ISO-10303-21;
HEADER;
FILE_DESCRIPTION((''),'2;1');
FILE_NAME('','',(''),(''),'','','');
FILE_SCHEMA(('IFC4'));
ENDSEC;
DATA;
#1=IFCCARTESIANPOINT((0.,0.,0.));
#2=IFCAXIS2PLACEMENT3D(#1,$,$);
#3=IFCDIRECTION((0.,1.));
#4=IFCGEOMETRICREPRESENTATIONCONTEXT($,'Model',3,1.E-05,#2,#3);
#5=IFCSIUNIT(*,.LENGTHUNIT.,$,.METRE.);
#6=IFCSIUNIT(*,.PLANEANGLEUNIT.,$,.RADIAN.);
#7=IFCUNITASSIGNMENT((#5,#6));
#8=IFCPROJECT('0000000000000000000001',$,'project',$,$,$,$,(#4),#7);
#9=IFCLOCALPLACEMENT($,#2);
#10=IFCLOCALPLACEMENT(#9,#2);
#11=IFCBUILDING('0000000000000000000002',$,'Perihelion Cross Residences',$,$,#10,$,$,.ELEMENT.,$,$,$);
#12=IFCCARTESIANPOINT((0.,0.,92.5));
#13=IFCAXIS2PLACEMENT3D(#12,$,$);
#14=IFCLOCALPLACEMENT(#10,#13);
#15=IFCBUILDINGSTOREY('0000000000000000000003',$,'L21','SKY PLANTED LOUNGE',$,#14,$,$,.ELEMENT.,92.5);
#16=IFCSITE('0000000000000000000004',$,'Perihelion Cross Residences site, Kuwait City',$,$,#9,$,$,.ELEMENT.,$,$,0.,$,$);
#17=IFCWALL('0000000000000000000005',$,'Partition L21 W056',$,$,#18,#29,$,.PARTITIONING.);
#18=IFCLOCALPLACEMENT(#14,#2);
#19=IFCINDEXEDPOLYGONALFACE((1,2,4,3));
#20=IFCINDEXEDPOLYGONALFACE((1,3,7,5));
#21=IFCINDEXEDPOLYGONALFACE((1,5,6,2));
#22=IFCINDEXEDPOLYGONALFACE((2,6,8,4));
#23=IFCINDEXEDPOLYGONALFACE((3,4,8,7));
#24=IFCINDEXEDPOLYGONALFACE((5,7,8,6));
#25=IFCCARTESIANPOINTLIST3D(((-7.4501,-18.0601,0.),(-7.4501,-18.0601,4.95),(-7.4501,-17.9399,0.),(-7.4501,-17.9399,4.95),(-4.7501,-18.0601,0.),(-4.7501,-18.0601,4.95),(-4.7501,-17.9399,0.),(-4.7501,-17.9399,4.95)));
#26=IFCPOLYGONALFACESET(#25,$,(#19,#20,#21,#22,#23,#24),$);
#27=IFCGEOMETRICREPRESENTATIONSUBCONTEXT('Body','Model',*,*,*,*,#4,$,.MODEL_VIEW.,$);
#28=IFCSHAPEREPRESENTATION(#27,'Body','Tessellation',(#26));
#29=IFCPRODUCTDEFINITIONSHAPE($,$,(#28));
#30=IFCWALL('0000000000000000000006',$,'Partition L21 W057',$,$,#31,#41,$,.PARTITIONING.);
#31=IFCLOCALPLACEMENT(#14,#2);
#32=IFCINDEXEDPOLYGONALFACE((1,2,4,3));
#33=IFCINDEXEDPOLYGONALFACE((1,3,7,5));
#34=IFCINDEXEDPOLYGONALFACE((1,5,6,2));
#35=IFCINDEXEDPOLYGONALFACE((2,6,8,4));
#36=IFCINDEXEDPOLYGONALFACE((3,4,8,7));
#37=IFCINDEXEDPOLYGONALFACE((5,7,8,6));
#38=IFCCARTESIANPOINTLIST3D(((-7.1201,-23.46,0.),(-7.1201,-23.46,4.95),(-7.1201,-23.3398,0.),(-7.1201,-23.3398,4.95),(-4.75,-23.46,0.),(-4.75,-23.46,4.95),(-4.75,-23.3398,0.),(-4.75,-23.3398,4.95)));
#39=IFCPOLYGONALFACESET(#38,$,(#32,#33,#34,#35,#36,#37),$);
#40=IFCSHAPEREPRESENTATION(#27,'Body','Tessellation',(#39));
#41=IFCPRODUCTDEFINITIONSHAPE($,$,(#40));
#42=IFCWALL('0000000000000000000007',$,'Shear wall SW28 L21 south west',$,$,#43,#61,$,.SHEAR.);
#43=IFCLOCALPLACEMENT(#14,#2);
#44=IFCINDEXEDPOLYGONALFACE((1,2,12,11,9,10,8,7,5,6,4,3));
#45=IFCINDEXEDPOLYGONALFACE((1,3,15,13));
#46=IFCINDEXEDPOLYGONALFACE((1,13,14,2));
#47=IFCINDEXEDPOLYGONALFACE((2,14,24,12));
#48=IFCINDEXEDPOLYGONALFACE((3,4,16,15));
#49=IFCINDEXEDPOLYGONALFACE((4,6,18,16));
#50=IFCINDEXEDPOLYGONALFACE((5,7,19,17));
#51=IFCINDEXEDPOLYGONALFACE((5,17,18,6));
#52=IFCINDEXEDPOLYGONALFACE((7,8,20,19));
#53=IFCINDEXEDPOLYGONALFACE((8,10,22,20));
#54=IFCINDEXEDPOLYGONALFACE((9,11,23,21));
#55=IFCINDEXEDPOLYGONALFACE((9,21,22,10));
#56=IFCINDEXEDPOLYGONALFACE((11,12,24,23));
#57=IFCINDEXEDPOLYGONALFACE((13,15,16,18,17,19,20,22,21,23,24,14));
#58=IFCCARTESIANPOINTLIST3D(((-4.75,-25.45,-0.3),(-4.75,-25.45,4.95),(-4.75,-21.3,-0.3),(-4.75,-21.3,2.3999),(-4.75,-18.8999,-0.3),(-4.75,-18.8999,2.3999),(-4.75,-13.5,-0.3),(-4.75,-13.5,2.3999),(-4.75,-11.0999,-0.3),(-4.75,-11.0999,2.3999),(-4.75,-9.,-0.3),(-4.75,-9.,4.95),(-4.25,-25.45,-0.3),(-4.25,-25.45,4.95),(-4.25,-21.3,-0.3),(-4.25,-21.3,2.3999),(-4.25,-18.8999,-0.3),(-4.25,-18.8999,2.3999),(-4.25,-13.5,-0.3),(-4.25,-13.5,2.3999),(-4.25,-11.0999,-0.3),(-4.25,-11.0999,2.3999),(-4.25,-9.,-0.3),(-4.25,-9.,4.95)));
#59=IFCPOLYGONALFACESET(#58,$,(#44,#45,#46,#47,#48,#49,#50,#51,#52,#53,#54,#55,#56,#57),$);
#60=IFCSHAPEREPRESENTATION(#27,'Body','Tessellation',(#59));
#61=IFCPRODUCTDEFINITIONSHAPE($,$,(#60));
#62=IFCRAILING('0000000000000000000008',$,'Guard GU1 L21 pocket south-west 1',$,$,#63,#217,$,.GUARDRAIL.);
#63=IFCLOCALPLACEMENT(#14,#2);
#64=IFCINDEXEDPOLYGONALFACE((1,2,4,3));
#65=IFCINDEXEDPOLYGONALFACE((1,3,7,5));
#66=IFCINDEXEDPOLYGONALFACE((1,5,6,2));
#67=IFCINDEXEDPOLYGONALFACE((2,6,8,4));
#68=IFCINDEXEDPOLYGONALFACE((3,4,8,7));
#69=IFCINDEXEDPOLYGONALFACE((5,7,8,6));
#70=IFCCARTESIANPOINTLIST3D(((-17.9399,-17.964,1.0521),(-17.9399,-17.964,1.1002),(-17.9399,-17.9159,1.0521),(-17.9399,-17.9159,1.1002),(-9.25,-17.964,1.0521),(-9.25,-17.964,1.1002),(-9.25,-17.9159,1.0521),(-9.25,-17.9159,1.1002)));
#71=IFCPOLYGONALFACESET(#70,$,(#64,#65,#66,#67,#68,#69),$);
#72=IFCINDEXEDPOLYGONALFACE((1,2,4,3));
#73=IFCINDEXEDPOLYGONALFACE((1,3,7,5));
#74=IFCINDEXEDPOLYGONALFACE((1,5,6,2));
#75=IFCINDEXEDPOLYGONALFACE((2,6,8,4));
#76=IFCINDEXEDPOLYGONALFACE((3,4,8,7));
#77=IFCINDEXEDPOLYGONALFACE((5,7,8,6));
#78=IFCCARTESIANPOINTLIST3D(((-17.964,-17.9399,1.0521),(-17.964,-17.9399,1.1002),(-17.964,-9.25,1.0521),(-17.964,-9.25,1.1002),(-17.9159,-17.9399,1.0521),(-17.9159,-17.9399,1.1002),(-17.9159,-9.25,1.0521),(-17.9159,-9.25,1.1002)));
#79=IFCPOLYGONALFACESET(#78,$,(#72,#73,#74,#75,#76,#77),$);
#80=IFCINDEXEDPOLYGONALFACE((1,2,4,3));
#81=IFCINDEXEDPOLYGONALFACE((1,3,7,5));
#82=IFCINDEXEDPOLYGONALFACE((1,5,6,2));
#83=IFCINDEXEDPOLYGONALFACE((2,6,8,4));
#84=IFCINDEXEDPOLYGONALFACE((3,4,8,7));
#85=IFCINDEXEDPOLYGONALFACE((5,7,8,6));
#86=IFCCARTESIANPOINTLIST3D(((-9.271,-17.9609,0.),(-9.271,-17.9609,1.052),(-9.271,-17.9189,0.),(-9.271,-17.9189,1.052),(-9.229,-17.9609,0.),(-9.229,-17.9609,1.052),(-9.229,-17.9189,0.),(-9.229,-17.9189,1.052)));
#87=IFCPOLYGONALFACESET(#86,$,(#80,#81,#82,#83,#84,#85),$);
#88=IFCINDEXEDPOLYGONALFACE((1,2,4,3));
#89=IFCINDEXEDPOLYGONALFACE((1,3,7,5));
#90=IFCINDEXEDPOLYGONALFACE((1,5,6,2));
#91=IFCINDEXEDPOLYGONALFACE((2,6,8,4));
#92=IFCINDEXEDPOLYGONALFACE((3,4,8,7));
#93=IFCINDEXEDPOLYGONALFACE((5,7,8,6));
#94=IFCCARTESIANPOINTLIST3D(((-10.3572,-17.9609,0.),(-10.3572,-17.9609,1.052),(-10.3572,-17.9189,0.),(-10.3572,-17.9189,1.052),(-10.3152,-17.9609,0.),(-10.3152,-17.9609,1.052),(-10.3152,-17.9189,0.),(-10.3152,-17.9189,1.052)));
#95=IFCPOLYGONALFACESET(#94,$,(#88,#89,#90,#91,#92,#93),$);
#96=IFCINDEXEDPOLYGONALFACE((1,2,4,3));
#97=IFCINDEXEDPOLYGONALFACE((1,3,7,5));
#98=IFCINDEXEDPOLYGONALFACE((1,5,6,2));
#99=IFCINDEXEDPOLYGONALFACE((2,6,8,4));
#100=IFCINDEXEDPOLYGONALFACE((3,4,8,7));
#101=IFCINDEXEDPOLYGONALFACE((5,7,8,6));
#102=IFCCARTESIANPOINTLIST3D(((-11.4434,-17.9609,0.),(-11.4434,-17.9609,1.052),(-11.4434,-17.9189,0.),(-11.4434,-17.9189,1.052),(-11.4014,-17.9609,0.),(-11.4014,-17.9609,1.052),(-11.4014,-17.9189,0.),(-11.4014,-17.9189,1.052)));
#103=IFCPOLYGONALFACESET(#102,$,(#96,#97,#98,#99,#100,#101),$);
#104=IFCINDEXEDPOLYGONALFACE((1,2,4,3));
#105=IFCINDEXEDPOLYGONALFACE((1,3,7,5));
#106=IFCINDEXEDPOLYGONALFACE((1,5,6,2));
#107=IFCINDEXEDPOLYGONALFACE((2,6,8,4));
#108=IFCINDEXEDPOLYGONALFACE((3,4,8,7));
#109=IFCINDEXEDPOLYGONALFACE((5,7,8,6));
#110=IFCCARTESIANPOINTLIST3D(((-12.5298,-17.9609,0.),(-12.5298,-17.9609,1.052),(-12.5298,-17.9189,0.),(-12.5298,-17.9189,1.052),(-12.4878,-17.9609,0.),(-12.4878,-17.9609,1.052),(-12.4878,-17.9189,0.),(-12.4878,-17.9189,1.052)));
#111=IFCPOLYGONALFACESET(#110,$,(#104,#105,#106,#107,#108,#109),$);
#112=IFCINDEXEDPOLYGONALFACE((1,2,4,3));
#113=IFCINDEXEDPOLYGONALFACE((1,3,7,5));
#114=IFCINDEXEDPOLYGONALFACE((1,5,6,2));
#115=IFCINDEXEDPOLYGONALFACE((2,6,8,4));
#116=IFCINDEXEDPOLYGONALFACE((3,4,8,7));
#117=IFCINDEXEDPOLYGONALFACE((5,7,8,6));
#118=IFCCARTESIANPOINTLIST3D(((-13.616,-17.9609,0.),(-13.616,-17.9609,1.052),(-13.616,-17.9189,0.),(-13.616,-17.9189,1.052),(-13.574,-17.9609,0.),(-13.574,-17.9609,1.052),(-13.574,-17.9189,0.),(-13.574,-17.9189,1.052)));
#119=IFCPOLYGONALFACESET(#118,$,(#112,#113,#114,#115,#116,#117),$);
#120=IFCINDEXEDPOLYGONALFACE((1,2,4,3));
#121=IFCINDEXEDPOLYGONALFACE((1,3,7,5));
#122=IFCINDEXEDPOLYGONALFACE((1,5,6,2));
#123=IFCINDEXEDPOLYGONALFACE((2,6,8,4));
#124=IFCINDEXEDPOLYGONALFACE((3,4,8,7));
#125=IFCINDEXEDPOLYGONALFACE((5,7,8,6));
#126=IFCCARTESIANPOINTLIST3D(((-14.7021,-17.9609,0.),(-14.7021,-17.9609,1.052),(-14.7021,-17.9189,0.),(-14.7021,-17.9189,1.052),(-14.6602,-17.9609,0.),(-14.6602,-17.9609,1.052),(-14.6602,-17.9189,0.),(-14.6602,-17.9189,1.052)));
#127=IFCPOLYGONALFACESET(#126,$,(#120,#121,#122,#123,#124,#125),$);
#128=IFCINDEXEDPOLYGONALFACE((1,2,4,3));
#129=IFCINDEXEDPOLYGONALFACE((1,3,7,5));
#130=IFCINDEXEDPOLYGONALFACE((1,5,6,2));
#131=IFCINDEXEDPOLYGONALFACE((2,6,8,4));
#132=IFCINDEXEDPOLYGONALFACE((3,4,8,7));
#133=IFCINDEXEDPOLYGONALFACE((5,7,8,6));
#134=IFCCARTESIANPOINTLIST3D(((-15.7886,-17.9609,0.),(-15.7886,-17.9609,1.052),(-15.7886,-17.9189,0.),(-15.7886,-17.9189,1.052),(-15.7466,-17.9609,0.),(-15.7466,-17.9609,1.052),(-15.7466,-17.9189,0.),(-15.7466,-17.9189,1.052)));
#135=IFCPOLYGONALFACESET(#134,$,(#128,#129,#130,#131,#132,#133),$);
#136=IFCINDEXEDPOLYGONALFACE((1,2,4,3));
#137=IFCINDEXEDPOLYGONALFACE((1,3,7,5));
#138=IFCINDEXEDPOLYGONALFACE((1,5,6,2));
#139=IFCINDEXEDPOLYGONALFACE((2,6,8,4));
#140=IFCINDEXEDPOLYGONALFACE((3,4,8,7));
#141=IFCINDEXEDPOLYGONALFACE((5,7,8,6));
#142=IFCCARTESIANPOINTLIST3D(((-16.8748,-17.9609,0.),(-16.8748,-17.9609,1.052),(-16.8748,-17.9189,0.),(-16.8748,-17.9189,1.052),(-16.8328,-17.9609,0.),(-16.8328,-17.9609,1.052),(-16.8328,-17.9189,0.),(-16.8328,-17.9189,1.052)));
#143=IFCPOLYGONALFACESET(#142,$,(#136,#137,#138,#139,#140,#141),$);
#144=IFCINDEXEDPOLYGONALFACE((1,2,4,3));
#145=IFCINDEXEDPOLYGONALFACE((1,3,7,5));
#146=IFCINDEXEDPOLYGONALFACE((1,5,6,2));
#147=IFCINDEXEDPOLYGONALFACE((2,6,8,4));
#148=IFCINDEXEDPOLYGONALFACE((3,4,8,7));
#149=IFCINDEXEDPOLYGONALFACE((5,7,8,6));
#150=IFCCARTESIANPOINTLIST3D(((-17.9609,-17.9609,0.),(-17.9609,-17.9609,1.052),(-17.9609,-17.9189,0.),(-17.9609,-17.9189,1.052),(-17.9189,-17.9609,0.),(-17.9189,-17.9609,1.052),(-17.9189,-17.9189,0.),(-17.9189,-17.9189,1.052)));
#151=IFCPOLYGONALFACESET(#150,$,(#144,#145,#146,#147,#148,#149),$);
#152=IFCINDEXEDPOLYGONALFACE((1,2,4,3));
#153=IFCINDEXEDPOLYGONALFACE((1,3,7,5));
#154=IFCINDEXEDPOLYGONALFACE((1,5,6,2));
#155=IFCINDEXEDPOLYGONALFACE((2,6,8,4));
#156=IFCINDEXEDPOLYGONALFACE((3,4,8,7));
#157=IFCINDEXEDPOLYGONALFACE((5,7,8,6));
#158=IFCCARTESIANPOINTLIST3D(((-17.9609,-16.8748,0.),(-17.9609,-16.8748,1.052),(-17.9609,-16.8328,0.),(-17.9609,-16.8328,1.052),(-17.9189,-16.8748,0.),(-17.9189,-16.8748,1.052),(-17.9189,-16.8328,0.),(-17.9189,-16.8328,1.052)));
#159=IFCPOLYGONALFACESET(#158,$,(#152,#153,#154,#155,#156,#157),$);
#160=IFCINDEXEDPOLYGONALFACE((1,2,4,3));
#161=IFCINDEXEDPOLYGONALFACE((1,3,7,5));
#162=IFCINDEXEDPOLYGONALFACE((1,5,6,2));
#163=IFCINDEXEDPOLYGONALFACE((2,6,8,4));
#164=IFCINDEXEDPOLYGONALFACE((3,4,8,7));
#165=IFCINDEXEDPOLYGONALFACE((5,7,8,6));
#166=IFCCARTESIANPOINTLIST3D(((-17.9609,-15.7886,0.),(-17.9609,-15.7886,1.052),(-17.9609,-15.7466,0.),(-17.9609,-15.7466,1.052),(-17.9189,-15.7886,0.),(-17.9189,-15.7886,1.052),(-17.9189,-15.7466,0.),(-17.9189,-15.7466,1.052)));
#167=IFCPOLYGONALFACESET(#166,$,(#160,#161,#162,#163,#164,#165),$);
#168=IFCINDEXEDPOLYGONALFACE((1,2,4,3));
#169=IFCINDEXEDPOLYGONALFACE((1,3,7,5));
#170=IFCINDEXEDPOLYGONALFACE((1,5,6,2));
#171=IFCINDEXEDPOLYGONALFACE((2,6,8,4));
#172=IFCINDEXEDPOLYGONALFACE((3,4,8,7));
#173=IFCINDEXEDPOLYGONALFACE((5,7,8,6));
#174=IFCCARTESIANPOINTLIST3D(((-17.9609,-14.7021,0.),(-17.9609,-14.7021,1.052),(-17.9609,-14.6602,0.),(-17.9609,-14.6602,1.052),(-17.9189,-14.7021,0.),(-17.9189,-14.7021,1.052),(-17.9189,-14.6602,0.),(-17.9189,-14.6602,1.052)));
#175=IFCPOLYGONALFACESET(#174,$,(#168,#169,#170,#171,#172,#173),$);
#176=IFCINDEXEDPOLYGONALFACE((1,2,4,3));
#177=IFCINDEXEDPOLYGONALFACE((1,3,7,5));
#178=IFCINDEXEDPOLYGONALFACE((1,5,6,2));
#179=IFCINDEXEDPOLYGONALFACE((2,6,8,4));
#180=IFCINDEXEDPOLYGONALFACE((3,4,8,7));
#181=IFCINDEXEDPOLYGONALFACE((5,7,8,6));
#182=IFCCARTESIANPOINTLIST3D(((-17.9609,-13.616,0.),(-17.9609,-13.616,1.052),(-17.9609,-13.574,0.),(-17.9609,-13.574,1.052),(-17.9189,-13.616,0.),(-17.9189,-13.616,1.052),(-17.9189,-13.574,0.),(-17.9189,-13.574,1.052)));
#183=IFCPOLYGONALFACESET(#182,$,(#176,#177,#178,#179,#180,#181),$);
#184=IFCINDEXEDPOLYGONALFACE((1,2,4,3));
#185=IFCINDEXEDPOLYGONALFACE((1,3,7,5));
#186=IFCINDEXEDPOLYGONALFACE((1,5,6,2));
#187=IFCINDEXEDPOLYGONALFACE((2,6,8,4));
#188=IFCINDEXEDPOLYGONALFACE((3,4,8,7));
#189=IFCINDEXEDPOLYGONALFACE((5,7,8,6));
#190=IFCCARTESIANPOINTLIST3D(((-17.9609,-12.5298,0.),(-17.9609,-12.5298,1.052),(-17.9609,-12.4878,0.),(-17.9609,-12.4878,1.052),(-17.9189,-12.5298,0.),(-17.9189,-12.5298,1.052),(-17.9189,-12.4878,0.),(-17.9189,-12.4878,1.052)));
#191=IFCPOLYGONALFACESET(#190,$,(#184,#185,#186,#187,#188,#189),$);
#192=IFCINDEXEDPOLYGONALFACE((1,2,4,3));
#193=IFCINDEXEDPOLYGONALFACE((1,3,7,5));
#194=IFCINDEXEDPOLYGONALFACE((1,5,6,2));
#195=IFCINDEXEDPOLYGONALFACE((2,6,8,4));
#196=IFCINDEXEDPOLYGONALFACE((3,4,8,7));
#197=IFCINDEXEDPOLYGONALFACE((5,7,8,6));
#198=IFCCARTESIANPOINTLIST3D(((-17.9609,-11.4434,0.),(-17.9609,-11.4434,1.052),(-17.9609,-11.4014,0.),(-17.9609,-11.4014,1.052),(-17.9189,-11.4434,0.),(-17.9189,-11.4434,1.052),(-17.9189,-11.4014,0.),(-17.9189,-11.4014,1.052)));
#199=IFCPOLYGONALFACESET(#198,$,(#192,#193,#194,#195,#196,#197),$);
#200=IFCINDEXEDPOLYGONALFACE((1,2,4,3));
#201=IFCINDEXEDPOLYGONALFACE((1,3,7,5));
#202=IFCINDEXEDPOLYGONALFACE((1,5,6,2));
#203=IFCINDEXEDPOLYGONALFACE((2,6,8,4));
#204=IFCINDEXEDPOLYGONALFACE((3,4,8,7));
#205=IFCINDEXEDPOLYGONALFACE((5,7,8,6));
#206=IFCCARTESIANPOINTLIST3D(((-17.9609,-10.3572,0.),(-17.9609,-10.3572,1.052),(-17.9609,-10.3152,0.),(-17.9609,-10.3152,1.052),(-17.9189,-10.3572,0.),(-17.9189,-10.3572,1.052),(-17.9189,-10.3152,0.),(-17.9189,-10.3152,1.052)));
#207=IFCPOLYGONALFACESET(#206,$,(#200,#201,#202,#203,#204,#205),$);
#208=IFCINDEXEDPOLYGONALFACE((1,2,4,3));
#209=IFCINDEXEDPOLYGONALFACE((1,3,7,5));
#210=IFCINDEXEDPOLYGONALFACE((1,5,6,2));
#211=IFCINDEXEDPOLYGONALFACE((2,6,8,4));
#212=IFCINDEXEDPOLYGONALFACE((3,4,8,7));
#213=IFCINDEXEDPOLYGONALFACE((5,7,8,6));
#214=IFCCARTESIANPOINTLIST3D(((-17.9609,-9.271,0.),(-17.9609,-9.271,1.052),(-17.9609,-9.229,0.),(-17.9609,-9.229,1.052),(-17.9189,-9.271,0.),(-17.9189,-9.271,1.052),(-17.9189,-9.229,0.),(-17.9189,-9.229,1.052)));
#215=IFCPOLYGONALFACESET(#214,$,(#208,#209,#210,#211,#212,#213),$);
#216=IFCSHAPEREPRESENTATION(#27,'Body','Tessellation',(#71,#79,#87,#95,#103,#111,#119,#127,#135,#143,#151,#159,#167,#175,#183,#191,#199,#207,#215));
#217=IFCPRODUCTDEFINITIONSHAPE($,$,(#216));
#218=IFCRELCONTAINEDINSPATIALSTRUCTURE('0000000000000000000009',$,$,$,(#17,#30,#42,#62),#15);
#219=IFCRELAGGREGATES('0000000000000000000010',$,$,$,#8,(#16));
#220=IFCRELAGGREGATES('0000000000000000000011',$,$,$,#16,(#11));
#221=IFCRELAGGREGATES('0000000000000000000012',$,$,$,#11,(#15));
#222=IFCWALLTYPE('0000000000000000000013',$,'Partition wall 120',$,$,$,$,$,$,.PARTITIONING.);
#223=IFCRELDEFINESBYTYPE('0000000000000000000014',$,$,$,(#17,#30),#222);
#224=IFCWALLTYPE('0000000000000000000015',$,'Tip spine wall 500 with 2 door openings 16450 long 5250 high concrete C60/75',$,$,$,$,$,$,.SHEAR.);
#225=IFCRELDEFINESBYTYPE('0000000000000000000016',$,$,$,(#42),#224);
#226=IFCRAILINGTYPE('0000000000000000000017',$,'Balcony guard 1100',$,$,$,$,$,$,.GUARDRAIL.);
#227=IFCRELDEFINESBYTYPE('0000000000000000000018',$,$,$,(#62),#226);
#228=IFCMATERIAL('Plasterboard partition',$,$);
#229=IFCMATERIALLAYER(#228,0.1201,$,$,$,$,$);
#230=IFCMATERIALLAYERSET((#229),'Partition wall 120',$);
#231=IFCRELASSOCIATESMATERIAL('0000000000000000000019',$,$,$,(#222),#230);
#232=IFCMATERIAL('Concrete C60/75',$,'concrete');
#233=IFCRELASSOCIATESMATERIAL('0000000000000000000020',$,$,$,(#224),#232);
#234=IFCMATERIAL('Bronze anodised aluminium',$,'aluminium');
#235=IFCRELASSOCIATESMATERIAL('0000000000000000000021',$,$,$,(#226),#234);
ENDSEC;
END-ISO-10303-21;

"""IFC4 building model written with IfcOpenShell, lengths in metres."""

from ifc_helpers import new_model, si_unit, direction, frame, frame_2d, origin, origin_2d, place, context, subcontext, project, spatial, polyline, rectangle, outline, extrude, material, layer, layer_set, material_profile, profile_set, type_object, element, save


model = new_model("IFC4")

# Units and contexts
model_context = context("Model", 3, precision=1e-05, world=origin(), true_north=direction((0.0, 1.0)))
body_context = subcontext(model_context, "Body", "Model", "MODEL_VIEW")
ifc_project = project(units=[si_unit("LENGTHUNIT", "METRE"), si_unit("PLANEANGLEUNIT", "RADIAN")], contexts=[model_context])

# Site, building, storey
site_placement = place(None, origin())
site = spatial("IfcSite", under=ifc_project, at=site_placement, Name="Perihelion Cross Residences site, Kuwait City", CompositionType="ELEMENT", RefElevation=0.0)
building_placement = place(site_placement, origin())
building = spatial("IfcBuilding", under=site, at=building_placement, Name="Perihelion Cross Residences", CompositionType="ELEMENT")
storey_placement = place(building_placement, frame((0.0, 0.0, 92.5)))
storey = spatial("IfcBuildingStorey", under=building, at=storey_placement, Name="L21", Description="SKY PLANTED LOUNGE", CompositionType="ELEMENT", Elevation=92.5)

# Walls
ifc_material_1 = material(Name="Plasterboard partition")
ifc_layer_1 = layer(ifc_material_1, 0.1201)
ifc_layer_set_1 = layer_set([ifc_layer_1], Name="Partition wall 120")
wall_type_1 = type_object("IfcWallType", Name="Partition wall 120", PredefinedType="PARTITIONING", material=ifc_layer_set_1)
wall_1_placement = place(storey_placement, frame((-4.75, -18.0, 0.0), z_axis=(0.0, 0.0, 1.0), x_axis=(-1.0, 0.0, 0.0)))
element("IfcWall", 1, at=wall_1_placement, inside=storey, type_object=wall_type_1, Name="Partition L21 W056", PredefinedType="PARTITIONING", context=body_context, shape_type="SweptSolid", body=[
    extrude(rectangle(XDim=2.7, YDim=0.1201, at=frame_2d((1.3501, 0.0))), origin(), (0.0, 0.0, 1.0), 4.95),
])
wall_2_placement = place(storey_placement, frame((-4.75, -23.3999, 0.0), z_axis=(0.0, 0.0, 1.0), x_axis=(-1.0, 0.0, 0.0)))
element("IfcWall", 2, at=wall_2_placement, inside=storey, type_object=wall_type_1, Name="Partition L21 W057", PredefinedType="PARTITIONING", context=body_context, shape_type="SweptSolid", body=[
    extrude(rectangle(XDim=2.3701, YDim=0.1201, at=frame_2d((1.1851, 0.0))), origin(), (0.0, 0.0, 1.0), 4.95),
])
ifc_material_2 = material(Name="Concrete C60/75", Category="concrete")
ifc_material_profile_1 = material_profile(ifc_material_2, outline(polyline([(0.0, 0.0), (4.1499, 0.0), (4.1499, 2.7), (6.55, 2.7), (6.55, 0.0), (11.95, 0.0), (11.95, 2.7), (14.3501, 2.7), (14.3501, 0.0), (16.45, 0.0), (16.45, 5.25), (0.0, 5.25), (0.0, 0.0)])), Name="Tip spine wall")
ifc_profile_set_1 = profile_set([ifc_material_profile_1], Name="Concrete C60/75")
wall_type_2 = type_object("IfcWallType", Name="Tip spine wall 500 with 2 door openings 16450 long 5250 high concrete C60/75", PredefinedType="SHEAR", material=ifc_profile_set_1)
wall_3_placement = place(storey_placement, frame((-4.75, -25.45, -0.3), z_axis=(1.0, 0.0, 0.0), x_axis=(0.0, 1.0, 0.0)))
element("IfcWall", 3, at=wall_3_placement, inside=storey, type_object=wall_type_2, Name="Shear wall SW28 L21 south west", PredefinedType="SHEAR", context=body_context, shape_type="SweptSolid", body=[
    extrude(outline(polyline([(0.0, 0.0), (4.1499, 0.0), (4.1499, 2.7), (6.55, 2.7), (6.55, 0.0), (11.95, 0.0), (11.95, 2.7), (14.3501, 2.7), (14.3501, 0.0), (16.45, 0.0), (16.45, 5.25), (0.0, 5.25), (0.0, 0.0)])), origin(), (0.0, 0.0, 1.0), 0.5),
])

# Railing
ifc_material_3 = material(Name="Bronze anodised aluminium", Category="aluminium")
railing_type = type_object("IfcRailingType", Name="Balcony guard 1100", PredefinedType="GUARDRAIL", material=ifc_material_3)
railing_placement = place(storey_placement, frame((-9.25, -17.9399, 0.0)))
element("IfcRailing", 4, at=railing_placement, inside=storey, type_object=railing_type, Name="Guard GU1 L21 pocket south-west 1", PredefinedType="GUARDRAIL", context=body_context, shape_type="SweptSolid", body=[
    extrude(rectangle(XDim=0.0481, YDim=0.0481, at=origin_2d()), frame((0.0, 0.0, 1.0762), z_axis=(-1.0, 0.0, 0.0), x_axis=(0.0, -1.0, 0.0)), (0.0, 0.0, 1.0), 8.6899),
    extrude(rectangle(XDim=0.0481, YDim=0.0481, at=origin_2d()), frame((-8.6899, 0.0, 1.0762), z_axis=(0.0, 1.0, 0.0), x_axis=(-1.0, 0.0, 0.0)), (0.0, 0.0, 1.0), 8.6899),
    extrude(rectangle(XDim=0.042, YDim=0.042, at=origin_2d()), origin(), (0.0, 0.0, 1.0), 1.052),
    extrude(rectangle(XDim=0.042, YDim=0.042, at=origin_2d()), frame((-1.0862, 0.0, 0.0)), (0.0, 0.0, 1.0), 1.052),
    extrude(rectangle(XDim=0.042, YDim=0.042, at=origin_2d()), frame((-2.1724, 0.0, 0.0)), (0.0, 0.0, 1.0), 1.052),
    extrude(rectangle(XDim=0.042, YDim=0.042, at=origin_2d()), frame((-3.2588, 0.0, 0.0)), (0.0, 0.0, 1.0), 1.052),
    extrude(rectangle(XDim=0.042, YDim=0.042, at=origin_2d()), frame((-4.345, 0.0, 0.0)), (0.0, 0.0, 1.0), 1.052),
    extrude(rectangle(XDim=0.042, YDim=0.042, at=origin_2d()), frame((-5.4312, 0.0, 0.0)), (0.0, 0.0, 1.0), 1.052),
    extrude(rectangle(XDim=0.042, YDim=0.042, at=origin_2d()), frame((-6.5176, 0.0, 0.0)), (0.0, 0.0, 1.0), 1.052),
    extrude(rectangle(XDim=0.042, YDim=0.042, at=origin_2d()), frame((-7.6038, 0.0, 0.0)), (0.0, 0.0, 1.0), 1.052),
    extrude(rectangle(XDim=0.042, YDim=0.042, at=origin_2d()), frame((-8.6899, 0.0, 0.0)), (0.0, 0.0, 1.0), 1.052),
    extrude(rectangle(XDim=0.042, YDim=0.042, at=origin_2d()), frame((-8.6899, 1.0862, 0.0)), (0.0, 0.0, 1.0), 1.052),
    extrude(rectangle(XDim=0.042, YDim=0.042, at=origin_2d()), frame((-8.6899, 2.1724, 0.0)), (0.0, 0.0, 1.0), 1.052),
    extrude(rectangle(XDim=0.042, YDim=0.042, at=origin_2d()), frame((-8.6899, 3.2588, 0.0)), (0.0, 0.0, 1.0), 1.052),
    extrude(rectangle(XDim=0.042, YDim=0.042, at=origin_2d()), frame((-8.6899, 4.345, 0.0)), (0.0, 0.0, 1.0), 1.052),
    extrude(rectangle(XDim=0.042, YDim=0.042, at=origin_2d()), frame((-8.6899, 5.4312, 0.0)), (0.0, 0.0, 1.0), 1.052),
    extrude(rectangle(XDim=0.042, YDim=0.042, at=origin_2d()), frame((-8.6899, 6.5176, 0.0)), (0.0, 0.0, 1.0), 1.052),
    extrude(rectangle(XDim=0.042, YDim=0.042, at=origin_2d()), frame((-8.6899, 7.6038, 0.0)), (0.0, 0.0, 1.0), 1.052),
    extrude(rectangle(XDim=0.042, YDim=0.042, at=origin_2d()), frame((-8.6899, 8.6899, 0.0)), (0.0, 0.0, 1.0), 1.052),
])

save(model, "model.ifc")
